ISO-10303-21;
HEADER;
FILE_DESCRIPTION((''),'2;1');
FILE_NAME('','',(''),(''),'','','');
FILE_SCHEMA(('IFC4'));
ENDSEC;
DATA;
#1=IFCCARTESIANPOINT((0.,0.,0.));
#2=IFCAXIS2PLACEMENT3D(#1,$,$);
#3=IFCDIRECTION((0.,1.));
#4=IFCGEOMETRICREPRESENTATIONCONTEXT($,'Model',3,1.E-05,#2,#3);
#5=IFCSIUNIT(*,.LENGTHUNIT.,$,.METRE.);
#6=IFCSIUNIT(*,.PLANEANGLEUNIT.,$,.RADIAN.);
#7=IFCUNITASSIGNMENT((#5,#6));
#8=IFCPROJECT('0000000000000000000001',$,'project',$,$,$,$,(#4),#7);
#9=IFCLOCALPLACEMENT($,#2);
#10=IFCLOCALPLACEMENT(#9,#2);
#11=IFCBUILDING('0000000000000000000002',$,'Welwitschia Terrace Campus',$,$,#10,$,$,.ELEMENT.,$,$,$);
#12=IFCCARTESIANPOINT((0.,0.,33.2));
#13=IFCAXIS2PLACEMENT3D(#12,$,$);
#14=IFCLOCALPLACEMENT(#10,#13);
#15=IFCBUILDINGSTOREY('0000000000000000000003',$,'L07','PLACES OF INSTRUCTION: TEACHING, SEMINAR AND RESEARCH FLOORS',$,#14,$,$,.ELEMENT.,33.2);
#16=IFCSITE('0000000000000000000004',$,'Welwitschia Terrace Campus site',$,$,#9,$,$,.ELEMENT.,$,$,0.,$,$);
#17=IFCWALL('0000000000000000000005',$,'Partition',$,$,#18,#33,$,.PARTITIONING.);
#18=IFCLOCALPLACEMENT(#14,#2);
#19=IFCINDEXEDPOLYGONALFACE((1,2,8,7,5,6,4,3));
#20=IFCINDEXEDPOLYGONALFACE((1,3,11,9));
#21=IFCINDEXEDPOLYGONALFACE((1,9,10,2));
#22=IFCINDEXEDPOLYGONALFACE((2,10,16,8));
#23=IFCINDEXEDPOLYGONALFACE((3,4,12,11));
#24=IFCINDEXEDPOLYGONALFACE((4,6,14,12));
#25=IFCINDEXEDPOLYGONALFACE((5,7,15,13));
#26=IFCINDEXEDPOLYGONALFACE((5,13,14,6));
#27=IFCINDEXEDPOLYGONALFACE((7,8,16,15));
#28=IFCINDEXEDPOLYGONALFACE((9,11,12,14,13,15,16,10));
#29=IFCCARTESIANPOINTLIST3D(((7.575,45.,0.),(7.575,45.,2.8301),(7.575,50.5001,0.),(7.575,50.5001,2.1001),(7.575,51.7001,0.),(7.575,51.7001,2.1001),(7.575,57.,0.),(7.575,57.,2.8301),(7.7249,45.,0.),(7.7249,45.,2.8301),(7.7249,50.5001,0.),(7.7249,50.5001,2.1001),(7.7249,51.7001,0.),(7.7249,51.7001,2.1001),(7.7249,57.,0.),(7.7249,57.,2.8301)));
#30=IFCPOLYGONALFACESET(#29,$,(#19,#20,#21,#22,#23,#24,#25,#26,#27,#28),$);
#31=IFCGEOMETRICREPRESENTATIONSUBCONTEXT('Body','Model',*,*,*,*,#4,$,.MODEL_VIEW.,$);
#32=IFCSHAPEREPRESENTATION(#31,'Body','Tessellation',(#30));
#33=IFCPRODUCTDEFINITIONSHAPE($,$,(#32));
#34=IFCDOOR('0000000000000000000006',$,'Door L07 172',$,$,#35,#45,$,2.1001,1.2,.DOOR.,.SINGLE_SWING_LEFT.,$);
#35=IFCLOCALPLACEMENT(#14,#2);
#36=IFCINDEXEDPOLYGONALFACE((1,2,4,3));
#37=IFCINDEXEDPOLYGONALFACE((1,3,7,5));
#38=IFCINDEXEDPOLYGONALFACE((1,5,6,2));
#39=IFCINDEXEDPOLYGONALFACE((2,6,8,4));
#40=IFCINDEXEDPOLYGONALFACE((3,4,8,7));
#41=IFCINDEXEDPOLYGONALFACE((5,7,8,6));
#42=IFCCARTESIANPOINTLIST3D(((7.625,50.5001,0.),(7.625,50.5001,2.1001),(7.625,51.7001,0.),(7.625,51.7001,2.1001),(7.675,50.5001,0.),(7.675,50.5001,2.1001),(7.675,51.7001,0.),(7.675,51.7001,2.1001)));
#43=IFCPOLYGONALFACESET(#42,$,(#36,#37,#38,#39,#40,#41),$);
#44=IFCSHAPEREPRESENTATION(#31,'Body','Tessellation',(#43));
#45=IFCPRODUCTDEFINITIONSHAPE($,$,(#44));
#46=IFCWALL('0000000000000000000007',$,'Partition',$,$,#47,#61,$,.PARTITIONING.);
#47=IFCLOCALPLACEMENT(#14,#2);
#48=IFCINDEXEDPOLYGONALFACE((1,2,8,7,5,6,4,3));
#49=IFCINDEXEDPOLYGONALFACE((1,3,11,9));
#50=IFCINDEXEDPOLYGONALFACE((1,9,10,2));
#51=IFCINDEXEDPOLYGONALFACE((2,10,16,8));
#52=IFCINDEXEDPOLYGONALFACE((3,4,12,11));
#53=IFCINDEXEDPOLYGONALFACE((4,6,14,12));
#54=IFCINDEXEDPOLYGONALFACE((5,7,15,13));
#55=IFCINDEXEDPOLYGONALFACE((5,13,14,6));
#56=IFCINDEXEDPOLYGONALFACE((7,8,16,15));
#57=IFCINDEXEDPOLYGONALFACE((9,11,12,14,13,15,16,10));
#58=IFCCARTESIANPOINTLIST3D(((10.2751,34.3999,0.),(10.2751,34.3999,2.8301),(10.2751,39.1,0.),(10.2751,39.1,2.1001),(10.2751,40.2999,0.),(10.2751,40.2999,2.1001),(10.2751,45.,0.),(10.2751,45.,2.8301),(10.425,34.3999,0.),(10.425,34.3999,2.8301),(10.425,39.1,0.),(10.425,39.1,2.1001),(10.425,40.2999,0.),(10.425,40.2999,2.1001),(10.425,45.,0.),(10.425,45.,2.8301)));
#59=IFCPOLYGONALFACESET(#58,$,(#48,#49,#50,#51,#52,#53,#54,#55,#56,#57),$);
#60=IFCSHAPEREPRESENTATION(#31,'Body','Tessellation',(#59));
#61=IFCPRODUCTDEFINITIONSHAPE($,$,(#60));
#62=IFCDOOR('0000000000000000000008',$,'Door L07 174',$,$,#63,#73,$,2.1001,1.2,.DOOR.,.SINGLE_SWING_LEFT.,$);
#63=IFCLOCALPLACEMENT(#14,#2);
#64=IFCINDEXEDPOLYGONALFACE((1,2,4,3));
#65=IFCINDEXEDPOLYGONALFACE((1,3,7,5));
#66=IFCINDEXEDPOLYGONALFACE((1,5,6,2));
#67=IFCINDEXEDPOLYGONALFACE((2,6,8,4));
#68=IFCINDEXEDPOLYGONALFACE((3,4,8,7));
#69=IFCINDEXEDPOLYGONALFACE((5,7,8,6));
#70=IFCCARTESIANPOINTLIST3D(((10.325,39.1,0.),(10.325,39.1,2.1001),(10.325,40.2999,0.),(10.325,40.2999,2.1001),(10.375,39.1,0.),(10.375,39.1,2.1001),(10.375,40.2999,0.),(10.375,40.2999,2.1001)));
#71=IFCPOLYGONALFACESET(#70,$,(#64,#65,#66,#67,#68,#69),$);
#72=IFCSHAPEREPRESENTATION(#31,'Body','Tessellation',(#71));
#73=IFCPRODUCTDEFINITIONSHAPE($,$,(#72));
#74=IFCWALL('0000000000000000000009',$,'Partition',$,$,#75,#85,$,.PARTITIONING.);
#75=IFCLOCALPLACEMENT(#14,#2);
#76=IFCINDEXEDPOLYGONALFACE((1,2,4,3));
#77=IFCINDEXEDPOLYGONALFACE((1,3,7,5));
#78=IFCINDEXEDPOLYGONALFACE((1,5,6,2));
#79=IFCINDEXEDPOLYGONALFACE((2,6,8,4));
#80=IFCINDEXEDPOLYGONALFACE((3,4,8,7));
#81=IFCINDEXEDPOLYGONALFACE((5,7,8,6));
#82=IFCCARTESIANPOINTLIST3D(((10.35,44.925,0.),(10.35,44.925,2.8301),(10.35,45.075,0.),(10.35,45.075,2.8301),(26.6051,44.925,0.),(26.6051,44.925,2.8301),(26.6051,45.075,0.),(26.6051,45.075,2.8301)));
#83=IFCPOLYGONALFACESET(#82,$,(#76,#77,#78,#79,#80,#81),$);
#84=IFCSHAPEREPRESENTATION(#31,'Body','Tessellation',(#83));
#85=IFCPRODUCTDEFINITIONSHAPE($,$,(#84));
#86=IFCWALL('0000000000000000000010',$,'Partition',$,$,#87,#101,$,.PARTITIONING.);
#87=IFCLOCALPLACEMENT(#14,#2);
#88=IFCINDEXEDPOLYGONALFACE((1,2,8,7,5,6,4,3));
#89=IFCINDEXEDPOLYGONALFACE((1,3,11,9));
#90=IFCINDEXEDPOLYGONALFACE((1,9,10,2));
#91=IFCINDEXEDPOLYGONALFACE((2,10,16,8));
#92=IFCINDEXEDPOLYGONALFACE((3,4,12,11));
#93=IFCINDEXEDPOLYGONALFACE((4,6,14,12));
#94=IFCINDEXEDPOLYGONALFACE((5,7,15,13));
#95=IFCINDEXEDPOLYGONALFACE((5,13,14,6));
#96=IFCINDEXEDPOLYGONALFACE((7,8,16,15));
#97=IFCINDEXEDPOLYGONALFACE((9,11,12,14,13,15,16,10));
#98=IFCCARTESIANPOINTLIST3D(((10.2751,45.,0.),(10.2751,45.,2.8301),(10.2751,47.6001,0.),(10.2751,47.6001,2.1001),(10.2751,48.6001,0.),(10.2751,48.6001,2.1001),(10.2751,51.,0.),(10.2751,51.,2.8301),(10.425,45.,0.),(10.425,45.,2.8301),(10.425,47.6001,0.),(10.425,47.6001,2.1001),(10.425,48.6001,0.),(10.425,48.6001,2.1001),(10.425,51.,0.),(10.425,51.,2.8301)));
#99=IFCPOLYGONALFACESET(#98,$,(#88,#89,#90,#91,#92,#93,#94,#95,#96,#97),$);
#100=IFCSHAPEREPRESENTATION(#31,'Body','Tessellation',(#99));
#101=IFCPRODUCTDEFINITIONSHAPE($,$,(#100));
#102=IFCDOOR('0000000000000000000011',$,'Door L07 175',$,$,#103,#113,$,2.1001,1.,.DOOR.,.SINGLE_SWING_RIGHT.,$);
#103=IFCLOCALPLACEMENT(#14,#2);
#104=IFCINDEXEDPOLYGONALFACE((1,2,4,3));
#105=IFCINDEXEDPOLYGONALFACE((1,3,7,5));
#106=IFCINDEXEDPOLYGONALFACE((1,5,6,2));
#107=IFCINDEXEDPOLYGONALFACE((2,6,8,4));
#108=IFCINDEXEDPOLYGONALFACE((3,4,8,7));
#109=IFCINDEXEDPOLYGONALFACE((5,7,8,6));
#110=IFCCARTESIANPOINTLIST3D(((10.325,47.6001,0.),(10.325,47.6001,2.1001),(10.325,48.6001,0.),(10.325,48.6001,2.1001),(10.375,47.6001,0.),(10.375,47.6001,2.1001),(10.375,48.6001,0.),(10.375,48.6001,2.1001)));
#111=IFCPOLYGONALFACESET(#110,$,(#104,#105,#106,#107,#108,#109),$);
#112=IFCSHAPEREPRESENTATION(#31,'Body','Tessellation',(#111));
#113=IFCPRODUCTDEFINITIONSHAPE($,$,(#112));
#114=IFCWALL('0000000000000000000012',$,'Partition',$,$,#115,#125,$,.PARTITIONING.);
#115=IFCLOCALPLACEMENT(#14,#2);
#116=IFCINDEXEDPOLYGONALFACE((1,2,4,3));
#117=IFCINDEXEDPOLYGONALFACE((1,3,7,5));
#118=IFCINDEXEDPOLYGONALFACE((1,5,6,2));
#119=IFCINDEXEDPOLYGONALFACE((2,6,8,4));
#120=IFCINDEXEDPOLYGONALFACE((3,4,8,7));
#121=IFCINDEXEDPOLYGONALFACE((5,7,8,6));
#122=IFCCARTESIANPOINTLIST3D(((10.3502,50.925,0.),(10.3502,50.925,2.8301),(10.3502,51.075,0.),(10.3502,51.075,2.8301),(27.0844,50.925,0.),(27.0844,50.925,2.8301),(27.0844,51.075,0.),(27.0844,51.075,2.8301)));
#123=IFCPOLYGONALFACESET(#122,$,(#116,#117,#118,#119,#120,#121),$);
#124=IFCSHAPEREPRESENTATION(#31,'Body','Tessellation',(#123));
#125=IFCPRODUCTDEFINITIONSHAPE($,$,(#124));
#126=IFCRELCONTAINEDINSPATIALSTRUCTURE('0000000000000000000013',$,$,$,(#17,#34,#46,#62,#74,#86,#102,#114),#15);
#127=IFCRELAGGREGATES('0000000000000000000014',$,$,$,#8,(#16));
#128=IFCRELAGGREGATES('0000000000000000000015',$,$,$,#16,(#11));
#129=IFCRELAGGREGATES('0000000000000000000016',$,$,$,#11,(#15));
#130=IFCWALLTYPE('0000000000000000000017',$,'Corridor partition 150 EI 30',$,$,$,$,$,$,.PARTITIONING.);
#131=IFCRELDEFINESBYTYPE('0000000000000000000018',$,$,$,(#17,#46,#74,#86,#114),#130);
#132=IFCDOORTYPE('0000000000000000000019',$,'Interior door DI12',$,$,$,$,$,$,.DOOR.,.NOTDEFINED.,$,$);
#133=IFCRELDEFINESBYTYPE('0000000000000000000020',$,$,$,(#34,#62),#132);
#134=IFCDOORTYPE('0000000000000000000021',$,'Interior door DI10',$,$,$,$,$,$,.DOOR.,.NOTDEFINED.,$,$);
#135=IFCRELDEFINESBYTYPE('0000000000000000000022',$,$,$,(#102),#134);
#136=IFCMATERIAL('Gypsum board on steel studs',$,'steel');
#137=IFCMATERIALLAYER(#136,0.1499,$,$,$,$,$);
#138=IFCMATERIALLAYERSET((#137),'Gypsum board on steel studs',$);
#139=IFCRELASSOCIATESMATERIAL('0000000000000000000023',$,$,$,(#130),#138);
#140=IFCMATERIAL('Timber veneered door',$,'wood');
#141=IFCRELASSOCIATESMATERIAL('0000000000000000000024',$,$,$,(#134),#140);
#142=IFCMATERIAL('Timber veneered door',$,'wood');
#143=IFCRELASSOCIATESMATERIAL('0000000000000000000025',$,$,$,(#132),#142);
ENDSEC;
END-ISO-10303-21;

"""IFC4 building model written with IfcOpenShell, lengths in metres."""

from ifc_helpers import new_model, si_unit, direction, frame, frame_2d, origin, place, context, subcontext, project, spatial, rectangle, extrude, material, layer, layer_set, type_object, element, fill, save


model = new_model("IFC4")

# Units and contexts
model_context = context("Model", 3, precision=1e-05, world=origin(), true_north=direction((0.0, 1.0)))
body_context = subcontext(model_context, "Body", "Model", "MODEL_VIEW")
ifc_project = project(units=[si_unit("LENGTHUNIT", "METRE"), si_unit("PLANEANGLEUNIT", "RADIAN")], contexts=[model_context])

# Site, building, storey
site_placement = place(None, origin())
site = spatial("IfcSite", under=ifc_project, at=site_placement, Name="Welwitschia Terrace Campus site", CompositionType="ELEMENT", RefElevation=0.0)
building_placement = place(site_placement, origin())
building = spatial("IfcBuilding", under=site, at=building_placement, Name="Welwitschia Terrace Campus", CompositionType="ELEMENT")
storey_placement = place(building_placement, frame((0.0, 0.0, 33.2)))
storey = spatial("IfcBuildingStorey", under=building, at=storey_placement, Name="L07", Description="PLACES OF INSTRUCTION: TEACHING, SEMINAR AND RESEARCH FLOORS", CompositionType="ELEMENT", Elevation=33.2)

# Shared definitions
ifc_material_1 = material(Name="Gypsum board on steel studs", Category="steel")
ifc_layer_1 = layer(ifc_material_1, 0.1499)
ifc_layer_set_1 = layer_set([ifc_layer_1], Name="Gypsum board on steel studs")
wall_type = type_object("IfcWallType", Name="Corridor partition 150 EI 30", PredefinedType="PARTITIONING", material=ifc_layer_set_1)

# Walls, openings, doors
ifc_material_2 = material(Name="Timber veneered door", Category="wood")
door_type_1 = type_object("IfcDoorType", Name="Interior door DI10", OperationType="NOTDEFINED", PredefinedType="DOOR", material=ifc_material_2)
wall_1_placement = place(storey_placement, frame((7.6499, 45.0, 0.0), z_axis=(0.0, 0.0, 1.0), x_axis=(0.0, 1.0, 0.0)))
wall_1 = element("IfcWall", 1, at=wall_1_placement, inside=storey, type_object=wall_type, Name="Partition", PredefinedType="PARTITIONING", context=body_context, shape_type="SweptSolid", body=[
    extrude(rectangle(XDim=12.0, YDim=0.1499, at=frame_2d((6.0, 0.0))), origin(), (0.0, 0.0, 1.0), 2.8301),
])
opening_1_placement = place(wall_1_placement, frame((5.5, 0.0, 0.0)))
opening_1 = element("IfcOpeningElement", 2, at=opening_1_placement, cuts=wall_1, PredefinedType="OPENING", context=body_context, shape_type="SweptSolid", body=[
    extrude(rectangle(XDim=1.2, YDim=2.1001, at=frame_2d((0.6001, 1.05))), frame((0.0, 0.085, 0.0), z_axis=(0.0, -1.0, 0.0), x_axis=(1.0, 0.0, 0.0)), (0.0, 0.0, 1.0), 0.1699),
])
ifc_material_3 = material(Name="Timber veneered door", Category="wood")
door_type_2 = type_object("IfcDoorType", Name="Interior door DI12", OperationType="NOTDEFINED", PredefinedType="DOOR", material=ifc_material_3)
door_1_placement = place(opening_1_placement, origin())
door_1 = element("IfcDoor", 3, at=door_1_placement, inside=storey, type_object=door_type_2, Name="Door L07 172", OperationType="SINGLE_SWING_LEFT", OverallHeight=2.1001, OverallWidth=1.2, PredefinedType="DOOR", context=body_context, shape_type="SweptSolid", body=[
    extrude(rectangle(XDim=1.2, YDim=2.1001, at=frame_2d((0.6001, 1.05))), frame((0.0, 0.0249, 0.0), z_axis=(0.0, -1.0, 0.0), x_axis=(1.0, 0.0, 0.0)), (0.0, 0.0, 1.0), 0.05),
])
fill(opening_1, door_1)
wall_2_placement = place(storey_placement, frame((10.3501, 45.0, 0.0), z_axis=(0.0, 0.0, 1.0), x_axis=(0.0, -1.0, 0.0)))
wall_2 = element("IfcWall", 4, at=wall_2_placement, inside=storey, type_object=wall_type, Name="Partition", PredefinedType="PARTITIONING", context=body_context, shape_type="SweptSolid", body=[
    extrude(rectangle(XDim=10.6001, YDim=0.1499, at=frame_2d((5.3, 0.0))), origin(), (0.0, 0.0, 1.0), 2.8301),
])
opening_2_placement = place(wall_2_placement, frame((4.7, 0.0, 0.0)))
opening_2 = element("IfcOpeningElement", 5, at=opening_2_placement, cuts=wall_2, PredefinedType="OPENING", context=body_context, shape_type="SweptSolid", body=[
    extrude(rectangle(XDim=1.2, YDim=2.1001, at=frame_2d((0.6001, 1.05))), frame((0.0, 0.085, 0.0), z_axis=(0.0, -1.0, 0.0), x_axis=(1.0, 0.0, 0.0)), (0.0, 0.0, 1.0), 0.1699),
])
door_2_placement = place(opening_2_placement, origin())
door_2 = element("IfcDoor", 6, at=door_2_placement, inside=storey, type_object=door_type_2, Name="Door L07 174", OperationType="SINGLE_SWING_LEFT", OverallHeight=2.1001, OverallWidth=1.2, PredefinedType="DOOR", context=body_context, shape_type="SweptSolid", body=[
    extrude(rectangle(XDim=1.2, YDim=2.1001, at=frame_2d((0.6001, 1.05))), frame((0.0, 0.0249, 0.0), z_axis=(0.0, -1.0, 0.0), x_axis=(1.0, 0.0, 0.0)), (0.0, 0.0, 1.0), 0.05),
])
fill(opening_2, door_2)

# Wall
wall_3_placement = place(storey_placement, frame((10.3501, 45.0, 0.0), z_axis=(0.0, 0.0, 1.0), x_axis=(1.0, 0.0, 0.0)))
element("IfcWall", 7, at=wall_3_placement, inside=storey, type_object=wall_type, Name="Partition", PredefinedType="PARTITIONING", context=body_context, shape_type="SweptSolid", body=[
    extrude(rectangle(XDim=16.2551, YDim=0.1499, at=frame_2d((8.1274, 0.0))), origin(), (0.0, 0.0, 1.0), 2.8301),
])

# Wall, opening, door
wall_4_placement = place(storey_placement, frame((10.3501, 51.0, 0.0), z_axis=(0.0, 0.0, 1.0), x_axis=(0.0, -1.0, 0.0)))
wall_4 = element("IfcWall", 8, at=wall_4_placement, inside=storey, type_object=wall_type, Name="Partition", PredefinedType="PARTITIONING", context=body_context, shape_type="SweptSolid", body=[
    extrude(rectangle(XDim=6.0, YDim=0.1499, at=frame_2d((3.0, 0.0))), origin(), (0.0, 0.0, 1.0), 2.8301),
])
opening_3_placement = place(wall_4_placement, frame((2.3999, 0.0, 0.0)))
opening_3 = element("IfcOpeningElement", 9, at=opening_3_placement, cuts=wall_4, PredefinedType="OPENING", context=body_context, shape_type="SweptSolid", body=[
    extrude(rectangle(XDim=1.0, YDim=2.1001, at=frame_2d((0.5, 1.05))), frame((0.0, 0.085, 0.0), z_axis=(0.0, -1.0, 0.0), x_axis=(1.0, 0.0, 0.0)), (0.0, 0.0, 1.0), 0.1699),
])
door_3_placement = place(opening_3_placement, origin())
door_3 = element("IfcDoor", 10, at=door_3_placement, inside=storey, type_object=door_type_1, Name="Door L07 175", OperationType="SINGLE_SWING_RIGHT", OverallHeight=2.1001, OverallWidth=1.0, PredefinedType="DOOR", context=body_context, shape_type="SweptSolid", body=[
    extrude(rectangle(XDim=1.0, YDim=2.1001, at=frame_2d((0.5, 1.05))), frame((0.0, 0.0249, 0.0), z_axis=(0.0, -1.0, 0.0), x_axis=(1.0, 0.0, 0.0)), (0.0, 0.0, 1.0), 0.05),
])
fill(opening_3, door_3)

# Wall
wall_5_placement = place(storey_placement, frame((10.3501, 51.0, 0.0), z_axis=(0.0, 0.0, 1.0), x_axis=(1.0, 0.0, 0.0)))
element("IfcWall", 11, at=wall_5_placement, inside=storey, type_object=wall_type, Name="Partition", PredefinedType="PARTITIONING", context=body_context, shape_type="SweptSolid", body=[
    extrude(rectangle(XDim=16.7341, YDim=0.1499, at=frame_2d((8.3672, 0.0))), origin(), (0.0, 0.0, 1.0), 2.8301),
])

save(model, "model.ifc")
